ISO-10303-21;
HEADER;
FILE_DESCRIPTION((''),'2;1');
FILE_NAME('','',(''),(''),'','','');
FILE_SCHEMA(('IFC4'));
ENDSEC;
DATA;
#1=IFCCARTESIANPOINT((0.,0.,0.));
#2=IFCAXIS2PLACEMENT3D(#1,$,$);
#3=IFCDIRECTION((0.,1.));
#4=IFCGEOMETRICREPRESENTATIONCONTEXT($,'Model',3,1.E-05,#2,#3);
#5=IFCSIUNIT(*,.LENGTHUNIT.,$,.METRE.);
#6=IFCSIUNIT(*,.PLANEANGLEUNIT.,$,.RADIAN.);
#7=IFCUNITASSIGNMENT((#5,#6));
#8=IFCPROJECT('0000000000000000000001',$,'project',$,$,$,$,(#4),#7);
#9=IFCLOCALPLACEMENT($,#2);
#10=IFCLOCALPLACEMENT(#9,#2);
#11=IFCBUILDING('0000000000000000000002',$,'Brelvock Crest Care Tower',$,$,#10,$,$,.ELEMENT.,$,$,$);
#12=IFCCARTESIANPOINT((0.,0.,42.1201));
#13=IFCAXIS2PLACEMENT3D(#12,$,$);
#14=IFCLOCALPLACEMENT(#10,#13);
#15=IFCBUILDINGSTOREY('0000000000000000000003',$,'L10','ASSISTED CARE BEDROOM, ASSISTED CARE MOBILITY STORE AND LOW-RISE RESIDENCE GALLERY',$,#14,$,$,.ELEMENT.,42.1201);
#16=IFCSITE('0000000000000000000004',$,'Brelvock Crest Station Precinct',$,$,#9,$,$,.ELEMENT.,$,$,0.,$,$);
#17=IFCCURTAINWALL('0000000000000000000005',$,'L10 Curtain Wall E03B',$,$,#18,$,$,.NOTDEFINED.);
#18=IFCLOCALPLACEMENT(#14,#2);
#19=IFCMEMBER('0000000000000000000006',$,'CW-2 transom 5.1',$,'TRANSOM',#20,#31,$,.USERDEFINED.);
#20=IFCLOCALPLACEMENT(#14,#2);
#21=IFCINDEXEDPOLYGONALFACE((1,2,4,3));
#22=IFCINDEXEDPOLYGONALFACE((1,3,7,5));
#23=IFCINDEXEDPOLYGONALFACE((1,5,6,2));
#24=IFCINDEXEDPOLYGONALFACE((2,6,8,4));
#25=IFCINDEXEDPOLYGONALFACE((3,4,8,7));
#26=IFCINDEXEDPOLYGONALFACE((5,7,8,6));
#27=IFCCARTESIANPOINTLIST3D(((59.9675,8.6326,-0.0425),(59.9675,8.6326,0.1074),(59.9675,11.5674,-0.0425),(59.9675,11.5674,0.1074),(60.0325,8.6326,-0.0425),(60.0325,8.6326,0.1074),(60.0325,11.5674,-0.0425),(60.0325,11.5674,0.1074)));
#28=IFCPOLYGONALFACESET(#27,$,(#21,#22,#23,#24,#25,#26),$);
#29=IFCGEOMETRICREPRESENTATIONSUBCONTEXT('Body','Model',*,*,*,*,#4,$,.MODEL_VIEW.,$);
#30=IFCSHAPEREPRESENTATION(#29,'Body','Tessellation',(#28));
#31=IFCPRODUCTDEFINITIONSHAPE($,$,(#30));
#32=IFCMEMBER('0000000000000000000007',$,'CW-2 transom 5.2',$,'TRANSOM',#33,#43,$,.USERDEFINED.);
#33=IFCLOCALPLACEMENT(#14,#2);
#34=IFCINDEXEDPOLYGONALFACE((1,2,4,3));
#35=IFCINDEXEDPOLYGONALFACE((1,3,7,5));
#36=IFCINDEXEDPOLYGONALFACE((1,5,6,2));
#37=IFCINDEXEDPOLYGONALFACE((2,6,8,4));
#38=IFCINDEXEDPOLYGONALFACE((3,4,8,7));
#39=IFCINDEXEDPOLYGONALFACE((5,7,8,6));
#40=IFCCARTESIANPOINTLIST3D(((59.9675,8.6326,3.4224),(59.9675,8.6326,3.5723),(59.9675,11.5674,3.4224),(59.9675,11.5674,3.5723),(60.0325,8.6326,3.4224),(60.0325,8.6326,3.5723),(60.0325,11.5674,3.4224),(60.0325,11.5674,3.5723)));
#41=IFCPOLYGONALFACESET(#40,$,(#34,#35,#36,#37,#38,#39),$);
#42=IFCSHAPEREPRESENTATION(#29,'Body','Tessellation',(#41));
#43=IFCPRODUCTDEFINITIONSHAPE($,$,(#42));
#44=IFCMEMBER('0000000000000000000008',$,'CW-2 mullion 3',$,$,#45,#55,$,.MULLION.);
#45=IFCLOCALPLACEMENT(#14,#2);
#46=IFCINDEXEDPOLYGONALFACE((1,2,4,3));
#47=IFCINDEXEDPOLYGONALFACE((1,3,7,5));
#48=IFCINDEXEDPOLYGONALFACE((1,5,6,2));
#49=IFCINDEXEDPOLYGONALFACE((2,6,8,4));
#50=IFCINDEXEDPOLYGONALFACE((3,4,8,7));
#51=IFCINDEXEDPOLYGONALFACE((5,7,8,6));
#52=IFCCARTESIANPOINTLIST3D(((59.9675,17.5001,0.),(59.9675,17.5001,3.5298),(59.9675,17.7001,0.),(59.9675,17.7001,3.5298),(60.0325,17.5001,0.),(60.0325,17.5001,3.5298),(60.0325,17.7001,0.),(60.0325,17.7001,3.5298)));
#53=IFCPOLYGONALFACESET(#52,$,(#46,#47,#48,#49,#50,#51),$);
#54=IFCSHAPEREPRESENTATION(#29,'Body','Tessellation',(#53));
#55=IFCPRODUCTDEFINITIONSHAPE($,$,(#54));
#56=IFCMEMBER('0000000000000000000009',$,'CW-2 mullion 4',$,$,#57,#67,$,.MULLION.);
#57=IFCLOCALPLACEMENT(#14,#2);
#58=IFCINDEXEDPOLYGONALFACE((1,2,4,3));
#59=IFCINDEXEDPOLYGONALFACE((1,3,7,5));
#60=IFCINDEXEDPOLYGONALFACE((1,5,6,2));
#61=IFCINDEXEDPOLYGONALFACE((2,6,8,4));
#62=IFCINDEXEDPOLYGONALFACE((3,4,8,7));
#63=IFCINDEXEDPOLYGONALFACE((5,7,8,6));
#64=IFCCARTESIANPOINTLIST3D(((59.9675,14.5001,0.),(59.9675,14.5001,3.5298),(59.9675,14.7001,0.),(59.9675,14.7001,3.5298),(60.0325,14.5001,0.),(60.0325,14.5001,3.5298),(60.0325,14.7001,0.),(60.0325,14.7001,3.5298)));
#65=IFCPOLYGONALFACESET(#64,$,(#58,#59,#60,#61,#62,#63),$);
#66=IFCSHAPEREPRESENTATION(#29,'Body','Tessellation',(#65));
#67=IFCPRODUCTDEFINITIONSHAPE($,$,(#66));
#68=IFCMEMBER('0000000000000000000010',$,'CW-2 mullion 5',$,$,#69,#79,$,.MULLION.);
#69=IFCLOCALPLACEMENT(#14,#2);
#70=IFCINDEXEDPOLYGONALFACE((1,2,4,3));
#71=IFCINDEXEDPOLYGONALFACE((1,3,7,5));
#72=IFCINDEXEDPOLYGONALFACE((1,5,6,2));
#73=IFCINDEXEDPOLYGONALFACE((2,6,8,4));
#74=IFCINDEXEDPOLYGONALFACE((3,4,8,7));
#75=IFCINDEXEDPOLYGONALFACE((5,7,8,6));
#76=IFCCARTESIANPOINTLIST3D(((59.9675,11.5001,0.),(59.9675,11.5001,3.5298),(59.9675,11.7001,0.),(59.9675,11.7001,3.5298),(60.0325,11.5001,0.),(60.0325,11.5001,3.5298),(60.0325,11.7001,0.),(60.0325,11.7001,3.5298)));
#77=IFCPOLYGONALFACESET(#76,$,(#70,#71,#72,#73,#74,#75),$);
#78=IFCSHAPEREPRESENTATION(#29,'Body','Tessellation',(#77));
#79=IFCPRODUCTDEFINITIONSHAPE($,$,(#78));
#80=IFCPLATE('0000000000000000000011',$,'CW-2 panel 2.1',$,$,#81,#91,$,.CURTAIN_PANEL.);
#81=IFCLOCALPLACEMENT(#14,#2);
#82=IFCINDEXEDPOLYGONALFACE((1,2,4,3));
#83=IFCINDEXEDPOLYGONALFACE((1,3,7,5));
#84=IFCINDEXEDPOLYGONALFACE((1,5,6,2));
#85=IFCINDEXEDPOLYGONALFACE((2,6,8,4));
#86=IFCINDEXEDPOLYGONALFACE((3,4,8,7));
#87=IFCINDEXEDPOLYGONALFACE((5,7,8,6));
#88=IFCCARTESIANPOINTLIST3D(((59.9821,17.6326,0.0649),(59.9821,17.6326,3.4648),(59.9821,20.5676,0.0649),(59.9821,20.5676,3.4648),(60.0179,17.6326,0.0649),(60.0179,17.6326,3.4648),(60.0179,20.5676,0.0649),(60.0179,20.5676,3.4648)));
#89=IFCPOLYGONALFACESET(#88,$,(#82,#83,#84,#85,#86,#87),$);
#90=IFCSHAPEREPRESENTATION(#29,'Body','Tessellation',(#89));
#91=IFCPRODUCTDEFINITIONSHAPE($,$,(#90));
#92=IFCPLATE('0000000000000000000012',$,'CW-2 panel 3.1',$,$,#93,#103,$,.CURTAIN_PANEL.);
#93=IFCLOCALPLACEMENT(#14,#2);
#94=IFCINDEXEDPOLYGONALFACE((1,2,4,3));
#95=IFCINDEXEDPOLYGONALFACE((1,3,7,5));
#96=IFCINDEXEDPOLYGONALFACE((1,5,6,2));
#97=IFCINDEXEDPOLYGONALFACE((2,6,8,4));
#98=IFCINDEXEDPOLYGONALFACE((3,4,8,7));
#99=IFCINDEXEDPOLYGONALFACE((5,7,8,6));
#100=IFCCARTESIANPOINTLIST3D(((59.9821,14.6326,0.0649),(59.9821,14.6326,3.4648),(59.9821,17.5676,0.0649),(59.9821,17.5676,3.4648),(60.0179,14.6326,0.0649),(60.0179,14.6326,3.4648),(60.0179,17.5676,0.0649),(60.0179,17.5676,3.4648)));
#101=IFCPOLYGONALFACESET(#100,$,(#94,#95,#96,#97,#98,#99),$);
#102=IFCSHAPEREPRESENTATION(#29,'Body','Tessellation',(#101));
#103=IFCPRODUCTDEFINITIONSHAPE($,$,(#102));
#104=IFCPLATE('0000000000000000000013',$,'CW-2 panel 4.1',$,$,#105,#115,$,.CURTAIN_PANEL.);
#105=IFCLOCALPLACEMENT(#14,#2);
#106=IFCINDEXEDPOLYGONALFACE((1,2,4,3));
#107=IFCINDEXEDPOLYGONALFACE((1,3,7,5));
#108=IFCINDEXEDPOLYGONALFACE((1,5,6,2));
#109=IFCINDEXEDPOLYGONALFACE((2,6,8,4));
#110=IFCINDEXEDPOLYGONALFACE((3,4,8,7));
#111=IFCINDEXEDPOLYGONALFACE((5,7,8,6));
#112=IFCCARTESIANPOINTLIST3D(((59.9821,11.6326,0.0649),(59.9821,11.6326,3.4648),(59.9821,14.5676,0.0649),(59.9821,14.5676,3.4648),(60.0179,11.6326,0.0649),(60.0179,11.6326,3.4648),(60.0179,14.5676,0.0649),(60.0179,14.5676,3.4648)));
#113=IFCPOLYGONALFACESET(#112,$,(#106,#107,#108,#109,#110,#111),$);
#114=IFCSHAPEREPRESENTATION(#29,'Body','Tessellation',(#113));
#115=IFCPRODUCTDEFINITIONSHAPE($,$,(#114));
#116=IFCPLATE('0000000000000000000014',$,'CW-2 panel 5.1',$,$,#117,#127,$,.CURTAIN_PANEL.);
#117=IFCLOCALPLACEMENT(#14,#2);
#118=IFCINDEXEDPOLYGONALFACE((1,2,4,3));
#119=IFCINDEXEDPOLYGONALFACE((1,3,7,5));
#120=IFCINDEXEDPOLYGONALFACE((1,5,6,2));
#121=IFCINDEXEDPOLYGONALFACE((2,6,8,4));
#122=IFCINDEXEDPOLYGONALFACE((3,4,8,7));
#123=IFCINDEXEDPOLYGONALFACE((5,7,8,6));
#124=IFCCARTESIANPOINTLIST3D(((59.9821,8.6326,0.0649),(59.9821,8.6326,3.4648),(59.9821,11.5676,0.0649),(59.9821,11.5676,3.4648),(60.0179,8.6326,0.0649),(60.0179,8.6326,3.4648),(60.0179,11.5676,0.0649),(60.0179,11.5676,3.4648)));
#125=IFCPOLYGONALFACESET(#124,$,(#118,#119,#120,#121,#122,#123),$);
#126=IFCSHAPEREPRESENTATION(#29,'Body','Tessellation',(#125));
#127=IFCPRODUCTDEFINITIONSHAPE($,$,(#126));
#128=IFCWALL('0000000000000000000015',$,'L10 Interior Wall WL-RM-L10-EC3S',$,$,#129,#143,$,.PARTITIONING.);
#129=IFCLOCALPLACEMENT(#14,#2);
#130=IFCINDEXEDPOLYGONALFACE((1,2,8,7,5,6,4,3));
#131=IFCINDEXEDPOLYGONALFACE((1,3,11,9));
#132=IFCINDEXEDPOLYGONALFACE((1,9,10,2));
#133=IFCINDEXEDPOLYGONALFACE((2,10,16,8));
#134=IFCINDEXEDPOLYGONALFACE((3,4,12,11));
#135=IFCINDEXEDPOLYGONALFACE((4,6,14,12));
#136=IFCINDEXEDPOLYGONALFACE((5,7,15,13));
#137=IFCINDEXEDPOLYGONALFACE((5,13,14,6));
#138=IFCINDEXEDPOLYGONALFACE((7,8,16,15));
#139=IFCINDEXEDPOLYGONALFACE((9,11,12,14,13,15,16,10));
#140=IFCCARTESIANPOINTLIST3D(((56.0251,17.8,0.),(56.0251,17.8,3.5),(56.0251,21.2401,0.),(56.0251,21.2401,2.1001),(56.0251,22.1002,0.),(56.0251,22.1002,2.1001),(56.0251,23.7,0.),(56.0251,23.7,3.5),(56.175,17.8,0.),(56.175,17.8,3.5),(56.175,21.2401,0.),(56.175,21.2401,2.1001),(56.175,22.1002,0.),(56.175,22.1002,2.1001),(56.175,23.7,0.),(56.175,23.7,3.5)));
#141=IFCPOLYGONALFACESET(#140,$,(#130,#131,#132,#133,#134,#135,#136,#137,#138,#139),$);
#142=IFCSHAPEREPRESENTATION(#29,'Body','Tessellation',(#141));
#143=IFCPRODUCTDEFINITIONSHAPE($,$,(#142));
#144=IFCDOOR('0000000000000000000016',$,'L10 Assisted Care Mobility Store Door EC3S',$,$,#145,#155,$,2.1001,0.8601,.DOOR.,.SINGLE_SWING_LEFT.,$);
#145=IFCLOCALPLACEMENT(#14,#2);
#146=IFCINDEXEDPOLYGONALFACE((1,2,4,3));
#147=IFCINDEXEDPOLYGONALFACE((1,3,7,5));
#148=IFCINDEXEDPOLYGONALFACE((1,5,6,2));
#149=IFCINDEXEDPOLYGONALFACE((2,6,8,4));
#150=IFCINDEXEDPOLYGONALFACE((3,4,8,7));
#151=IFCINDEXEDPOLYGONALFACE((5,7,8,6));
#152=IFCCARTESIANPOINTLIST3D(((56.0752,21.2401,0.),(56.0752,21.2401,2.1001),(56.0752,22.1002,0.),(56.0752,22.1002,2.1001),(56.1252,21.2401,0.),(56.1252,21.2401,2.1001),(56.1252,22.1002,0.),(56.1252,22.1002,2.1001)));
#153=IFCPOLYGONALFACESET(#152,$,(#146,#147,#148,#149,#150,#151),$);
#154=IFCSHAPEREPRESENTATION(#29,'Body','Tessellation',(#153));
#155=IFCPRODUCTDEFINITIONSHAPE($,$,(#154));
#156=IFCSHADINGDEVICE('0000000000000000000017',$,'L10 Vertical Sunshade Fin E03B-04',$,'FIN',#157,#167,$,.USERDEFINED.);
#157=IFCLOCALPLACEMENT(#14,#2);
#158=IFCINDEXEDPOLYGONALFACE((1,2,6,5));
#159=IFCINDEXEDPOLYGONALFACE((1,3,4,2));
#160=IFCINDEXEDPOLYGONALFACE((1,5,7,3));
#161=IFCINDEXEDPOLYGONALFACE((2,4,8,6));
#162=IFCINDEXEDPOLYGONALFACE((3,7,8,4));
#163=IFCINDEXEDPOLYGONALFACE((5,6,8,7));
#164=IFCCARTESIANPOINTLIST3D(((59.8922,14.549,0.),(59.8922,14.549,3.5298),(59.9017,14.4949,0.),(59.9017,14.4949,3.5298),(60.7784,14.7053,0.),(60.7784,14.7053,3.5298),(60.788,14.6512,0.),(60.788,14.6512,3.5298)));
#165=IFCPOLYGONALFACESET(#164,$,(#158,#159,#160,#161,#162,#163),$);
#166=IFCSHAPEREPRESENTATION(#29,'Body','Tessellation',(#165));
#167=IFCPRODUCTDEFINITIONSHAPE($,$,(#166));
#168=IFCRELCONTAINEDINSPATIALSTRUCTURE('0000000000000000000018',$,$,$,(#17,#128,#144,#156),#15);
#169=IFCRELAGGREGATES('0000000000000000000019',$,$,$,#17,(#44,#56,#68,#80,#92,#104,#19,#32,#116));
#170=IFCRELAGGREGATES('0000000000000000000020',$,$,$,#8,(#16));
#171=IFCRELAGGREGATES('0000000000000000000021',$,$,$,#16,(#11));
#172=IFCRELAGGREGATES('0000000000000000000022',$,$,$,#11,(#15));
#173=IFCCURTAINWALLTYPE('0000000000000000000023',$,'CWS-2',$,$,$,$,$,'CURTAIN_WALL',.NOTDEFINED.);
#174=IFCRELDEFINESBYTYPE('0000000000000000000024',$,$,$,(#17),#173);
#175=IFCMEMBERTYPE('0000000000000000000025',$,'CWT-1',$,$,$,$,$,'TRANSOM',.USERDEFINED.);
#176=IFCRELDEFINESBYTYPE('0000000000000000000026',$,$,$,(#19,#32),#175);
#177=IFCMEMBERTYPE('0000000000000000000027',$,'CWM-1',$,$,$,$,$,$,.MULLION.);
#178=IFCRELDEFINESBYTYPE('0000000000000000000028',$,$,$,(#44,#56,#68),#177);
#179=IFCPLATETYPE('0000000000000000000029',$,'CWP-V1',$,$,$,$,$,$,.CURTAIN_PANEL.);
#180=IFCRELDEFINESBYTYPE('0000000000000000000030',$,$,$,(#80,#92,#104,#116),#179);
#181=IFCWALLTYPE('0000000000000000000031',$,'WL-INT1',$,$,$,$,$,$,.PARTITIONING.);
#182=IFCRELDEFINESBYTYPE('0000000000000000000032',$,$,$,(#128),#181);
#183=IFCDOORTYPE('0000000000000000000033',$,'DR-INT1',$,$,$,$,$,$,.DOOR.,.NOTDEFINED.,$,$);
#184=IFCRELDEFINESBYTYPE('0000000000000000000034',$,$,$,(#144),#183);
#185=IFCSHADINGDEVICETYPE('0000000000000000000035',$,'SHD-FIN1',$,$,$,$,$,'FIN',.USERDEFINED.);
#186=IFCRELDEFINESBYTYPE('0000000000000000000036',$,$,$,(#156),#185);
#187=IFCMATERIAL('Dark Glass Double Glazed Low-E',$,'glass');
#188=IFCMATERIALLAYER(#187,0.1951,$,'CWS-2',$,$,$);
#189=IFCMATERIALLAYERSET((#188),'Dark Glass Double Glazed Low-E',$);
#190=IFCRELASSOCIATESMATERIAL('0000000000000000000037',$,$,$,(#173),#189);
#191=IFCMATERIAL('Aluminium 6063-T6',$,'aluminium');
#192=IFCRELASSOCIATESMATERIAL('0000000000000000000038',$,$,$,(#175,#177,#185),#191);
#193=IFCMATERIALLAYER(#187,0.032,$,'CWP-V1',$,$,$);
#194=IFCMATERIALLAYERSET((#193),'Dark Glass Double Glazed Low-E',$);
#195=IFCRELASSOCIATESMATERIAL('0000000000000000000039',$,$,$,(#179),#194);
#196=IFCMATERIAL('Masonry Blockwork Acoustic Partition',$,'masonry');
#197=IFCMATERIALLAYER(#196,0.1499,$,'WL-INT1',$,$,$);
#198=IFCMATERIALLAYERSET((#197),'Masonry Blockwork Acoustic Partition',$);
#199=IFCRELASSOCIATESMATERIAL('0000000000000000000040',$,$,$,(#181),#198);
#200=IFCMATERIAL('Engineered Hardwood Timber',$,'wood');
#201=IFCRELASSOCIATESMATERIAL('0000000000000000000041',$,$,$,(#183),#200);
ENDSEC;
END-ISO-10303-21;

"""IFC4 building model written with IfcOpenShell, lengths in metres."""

from ifc_helpers import new_model, si_unit, direction, frame, frame_2d, origin, origin_2d, place, context, subcontext, project, spatial, rectangle, extrude, source, transform, mapped, material, layer, layer_set, material_profile, profile_set, type_object, element, fill, aggregate, save


model = new_model("IFC4")

# Units and contexts
model_context = context("Model", 3, precision=1e-05, world=origin(), true_north=direction((0.0, 1.0)))
body_context = subcontext(model_context, "Body", "Model", "MODEL_VIEW")
ifc_project = project(units=[si_unit("LENGTHUNIT", "METRE"), si_unit("PLANEANGLEUNIT", "RADIAN")], contexts=[model_context])

# Site, building, storey
site_placement = place(None, origin())
site = spatial("IfcSite", under=ifc_project, at=site_placement, Name="Brelvock Crest Station Precinct", CompositionType="ELEMENT", RefElevation=0.0)
building_placement = place(site_placement, origin())
building = spatial("IfcBuilding", under=site, at=building_placement, Name="Brelvock Crest Care Tower", CompositionType="ELEMENT")
storey_placement = place(building_placement, frame((0.0, 0.0, 42.1201)))
storey = spatial("IfcBuildingStorey", under=building, at=storey_placement, Name="L10", Description="ASSISTED CARE BEDROOM, ASSISTED CARE MOBILITY STORE AND LOW-RISE RESIDENCE GALLERY", CompositionType="ELEMENT", Elevation=42.1201)

# Curtain wall, members, plates
ifc_material_1 = material(Name="Dark Glass Double Glazed Low-E", Category="glass")
ifc_layer_1 = layer(ifc_material_1, 0.1951, Name="CWS-2")
ifc_layer_set_1 = layer_set([ifc_layer_1], Name="Dark Glass Double Glazed Low-E")
curtain_wall_type = type_object("IfcCurtainWallType", Name="CWS-2", ElementType="CURTAIN_WALL", PredefinedType="NOTDEFINED", material=ifc_layer_set_1)
curtain_wall_placement = place(storey_placement, origin())
curtain_wall = element("IfcCurtainWall", 1, at=curtain_wall_placement, inside=storey, type_object=curtain_wall_type, Name="L10 Curtain Wall E03B", PredefinedType="NOTDEFINED")
ifc_material_2 = material(Name="Aluminium 6063-T6", Category="aluminium")
ifc_material_profile_1 = material_profile(ifc_material_2, rectangle(XDim=0.0649, YDim=0.1499, at=origin_2d()), Name="ALU65x150")
ifc_profile_set_1 = profile_set([ifc_material_profile_1], Name="Aluminium 6063-T6")
member_type_1 = type_object("IfcMemberType", Name="CWT-1", ElementType="TRANSOM", PredefinedType="USERDEFINED", material=ifc_profile_set_1)
shared_shape_1 = source(origin(), body_context, "Body", "SweptSolid", [
    extrude(rectangle(XDim=0.0649, YDim=0.1499, at=origin_2d()), origin(), (0.0, 0.0, 1.0), 2.9348),
])
member_1_placement = place(storey_placement, frame((60.0, 11.5674, 0.0325), z_axis=(0.0, -1.0, 0.0), x_axis=(1.0, 0.0, 0.0)))
member_1 = element("IfcMember", 2, at=member_1_placement, type_object=member_type_1, Name="CW-2 transom 5.1", ObjectType="TRANSOM", PredefinedType="USERDEFINED", context=body_context, shape_type="MappedRepresentation", body=[
    mapped(shared_shape_1, transform((0.0, 0.0, 0.0), x_axis=(1.0, 0.0, 0.0), y_axis=(0.0, 1.0, 0.0), z_axis=(0.0, 0.0, 1.0), scale=1.0)),
])
member_2_placement = place(storey_placement, frame((60.0, 11.5674, 3.4973), z_axis=(0.0, -1.0, 0.0), x_axis=(1.0, 0.0, 0.0)))
member_2 = element("IfcMember", 3, at=member_2_placement, type_object=member_type_1, Name="CW-2 transom 5.2", ObjectType="TRANSOM", PredefinedType="USERDEFINED", context=body_context, shape_type="MappedRepresentation", body=[
    mapped(shared_shape_1, transform((0.0, 0.0, 0.0), x_axis=(1.0, 0.0, 0.0), y_axis=(0.0, 1.0, 0.0), z_axis=(0.0, 0.0, 1.0), scale=1.0)),
])
ifc_material_profile_2 = material_profile(ifc_material_2, rectangle(XDim=0.0649, YDim=0.2, at=origin_2d()), Name="ALU65x200")
ifc_profile_set_2 = profile_set([ifc_material_profile_2], Name="Aluminium 6063-T6")
member_type_2 = type_object("IfcMemberType", Name="CWM-1", PredefinedType="MULLION", material=ifc_profile_set_2)
shared_shape_2 = source(origin(), body_context, "Body", "SweptSolid", [
    extrude(rectangle(XDim=0.0649, YDim=0.2, at=origin_2d()), origin(), (0.0, 0.0, 1.0), 3.5298),
])
member_3_placement = place(storey_placement, frame((60.0, 17.6001, 0.0), z_axis=(0.0, 0.0, 1.0), x_axis=(1.0, 0.0, 0.0)))
member_3 = element("IfcMember", 4, at=member_3_placement, type_object=member_type_2, Name="CW-2 mullion 3", PredefinedType="MULLION", context=body_context, shape_type="MappedRepresentation", body=[
    mapped(shared_shape_2, transform((0.0, 0.0, 0.0), x_axis=(1.0, 0.0, 0.0), y_axis=(0.0, 1.0, 0.0), z_axis=(0.0, 0.0, 1.0), scale=1.0)),
])
member_4_placement = place(storey_placement, frame((60.0, 14.6001, 0.0), z_axis=(0.0, 0.0, 1.0), x_axis=(1.0, 0.0, 0.0)))
member_4 = element("IfcMember", 5, at=member_4_placement, type_object=member_type_2, Name="CW-2 mullion 4", PredefinedType="MULLION", context=body_context, shape_type="MappedRepresentation", body=[
    mapped(shared_shape_2, transform((0.0, 0.0, 0.0), x_axis=(1.0, 0.0, 0.0), y_axis=(0.0, 1.0, 0.0), z_axis=(0.0, 0.0, 1.0), scale=1.0)),
])
member_5_placement = place(storey_placement, frame((60.0, 11.6001, 0.0), z_axis=(0.0, 0.0, 1.0), x_axis=(1.0, 0.0, 0.0)))
member_5 = element("IfcMember", 6, at=member_5_placement, type_object=member_type_2, Name="CW-2 mullion 5", PredefinedType="MULLION", context=body_context, shape_type="MappedRepresentation", body=[
    mapped(shared_shape_2, transform((0.0, 0.0, 0.0), x_axis=(1.0, 0.0, 0.0), y_axis=(0.0, 1.0, 0.0), z_axis=(0.0, 0.0, 1.0), scale=1.0)),
])
ifc_layer_2 = layer(ifc_material_1, 0.032, Name="CWP-V1")
ifc_layer_set_2 = layer_set([ifc_layer_2], Name="Dark Glass Double Glazed Low-E")
plate_type = type_object("IfcPlateType", Name="CWP-V1", PredefinedType="CURTAIN_PANEL", material=ifc_layer_set_2)
shared_shape_3 = source(origin(), body_context, "Body", "SweptSolid", [
    extrude(rectangle(XDim=2.9351, YDim=0.0359, at=origin_2d()), origin(), (0.0, 0.0, 1.0), 3.3999),
])
plate_1_placement = place(storey_placement, frame((60.0, 19.1001, 0.0649), z_axis=(0.0, 0.0, 1.0), x_axis=(0.0, -1.0, 0.0)))
plate_1 = element("IfcPlate", 7, at=plate_1_placement, type_object=plate_type, Name="CW-2 panel 2.1", PredefinedType="CURTAIN_PANEL", context=body_context, shape_type="MappedRepresentation", body=[
    mapped(shared_shape_3, transform((0.0, 0.0, 0.0), x_axis=(1.0, 0.0, 0.0), y_axis=(0.0, 1.0, 0.0), z_axis=(0.0, 0.0, 1.0), scale=1.0)),
])
plate_2_placement = place(storey_placement, frame((60.0, 16.1001, 0.0649), z_axis=(0.0, 0.0, 1.0), x_axis=(0.0, -1.0, 0.0)))
plate_2 = element("IfcPlate", 8, at=plate_2_placement, type_object=plate_type, Name="CW-2 panel 3.1", PredefinedType="CURTAIN_PANEL", context=body_context, shape_type="MappedRepresentation", body=[
    mapped(shared_shape_3, transform((0.0, 0.0, 0.0), x_axis=(1.0, 0.0, 0.0), y_axis=(0.0, 1.0, 0.0), z_axis=(0.0, 0.0, 1.0), scale=1.0)),
])
plate_3_placement = place(storey_placement, frame((60.0, 13.1001, 0.0649), z_axis=(0.0, 0.0, 1.0), x_axis=(0.0, -1.0, 0.0)))
plate_3 = element("IfcPlate", 9, at=plate_3_placement, type_object=plate_type, Name="CW-2 panel 4.1", PredefinedType="CURTAIN_PANEL", context=body_context, shape_type="MappedRepresentation", body=[
    mapped(shared_shape_3, transform((0.0, 0.0, 0.0), x_axis=(1.0, 0.0, 0.0), y_axis=(0.0, 1.0, 0.0), z_axis=(0.0, 0.0, 1.0), scale=1.0)),
])
plate_4_placement = place(storey_placement, frame((60.0, 10.1001, 0.0649), z_axis=(0.0, 0.0, 1.0), x_axis=(0.0, -1.0, 0.0)))
plate_4 = element("IfcPlate", 10, at=plate_4_placement, type_object=plate_type, Name="CW-2 panel 5.1", PredefinedType="CURTAIN_PANEL", context=body_context, shape_type="MappedRepresentation", body=[
    mapped(shared_shape_3, transform((0.0, 0.0, 0.0), x_axis=(1.0, 0.0, 0.0), y_axis=(0.0, 1.0, 0.0), z_axis=(0.0, 0.0, 1.0), scale=1.0)),
])
aggregate(curtain_wall, [member_3, member_4, member_5, plate_1, plate_2, plate_3, member_1, member_2, plate_4])

# Wall, opening, door
ifc_material_3 = material(Name="Masonry Blockwork Acoustic Partition", Category="masonry")
ifc_layer_3 = layer(ifc_material_3, 0.1499, Name="WL-INT1")
ifc_layer_set_3 = layer_set([ifc_layer_3], Name="Masonry Blockwork Acoustic Partition")
wall_type = type_object("IfcWallType", Name="WL-INT1", PredefinedType="PARTITIONING", material=ifc_layer_set_3)
wall_placement = place(storey_placement, frame((56.1001, 17.8, 0.0), z_axis=(0.0, 0.0, 1.0), x_axis=(0.0, 1.0, 0.0)))
wall = element("IfcWall", 11, at=wall_placement, inside=storey, type_object=wall_type, Name="L10 Interior Wall WL-RM-L10-EC3S", PredefinedType="PARTITIONING", context=body_context, shape_type="SweptSolid", body=[
    extrude(rectangle(XDim=5.8999, YDim=0.1499, at=frame_2d((2.95, 0.0))), origin(), (0.0, 0.0, 1.0), 3.5),
])
opening_placement = place(wall_placement, frame((3.4399, 0.0, 0.0)))
opening = element("IfcOpeningElement", 12, at=opening_placement, cuts=wall, PredefinedType="OPENING", context=body_context, shape_type="SweptSolid", body=[
    extrude(rectangle(XDim=0.8601, YDim=2.1001, at=origin_2d()), frame((0.4302, 0.085, 1.05), z_axis=(0.0, -1.0, 0.0), x_axis=(1.0, 0.0, 0.0)), (0.0, 0.0, 1.0), 0.1699),
])
ifc_material_4 = material(Name="Engineered Hardwood Timber", Category="wood")
door_type = type_object("IfcDoorType", Name="DR-INT1", OperationType="NOTDEFINED", PredefinedType="DOOR", material=ifc_material_4)
shared_shape_4 = source(origin(), body_context, "Body", "SweptSolid", [
    extrude(rectangle(XDim=0.8601, YDim=2.1001, at=origin_2d()), frame((0.4302, 0.0249, 1.05), z_axis=(0.0, -1.0, 0.0), x_axis=(1.0, 0.0, 0.0)), (0.0, 0.0, 1.0), 0.05),
])
door_placement = place(opening_placement, origin())
door = element("IfcDoor", 13, at=door_placement, inside=storey, type_object=door_type, Name="L10 Assisted Care Mobility Store Door EC3S", OperationType="SINGLE_SWING_LEFT", OverallHeight=2.1001, OverallWidth=0.8601, PredefinedType="DOOR", context=body_context, shape_type="MappedRepresentation", body=[
    mapped(shared_shape_4, transform((0.0, 0.0, 0.0), x_axis=(1.0, 0.0, 0.0), y_axis=(0.0, 1.0, 0.0), z_axis=(0.0, 0.0, 1.0), scale=1.0)),
])
fill(opening, door)

# Shading device
ifc_material_profile_3 = material_profile(ifc_material_2, rectangle(XDim=0.0549, YDim=0.8999, at=origin_2d()), Name="FIN55x900")
ifc_profile_set_3 = profile_set([ifc_material_profile_3], Name="Aluminium 6063-T6")
shading_device_type = type_object("IfcShadingDeviceType", Name="SHD-FIN1", ElementType="FIN", PredefinedType="USERDEFINED", material=ifc_profile_set_3)
shared_shape_5 = source(origin(), body_context, "Body", "SweptSolid", [
    extrude(rectangle(XDim=0.0549, YDim=0.8999, at=origin_2d()), origin(), (0.0, 0.0, 1.0), 3.5298),
])
shading_device_placement = place(storey_placement, frame((60.3401, 14.6001, 0.0), z_axis=(0.0, 0.0, 1.0), x_axis=(0.173648, -0.984808, 0.0)))
element("IfcShadingDevice", 14, at=shading_device_placement, inside=storey, type_object=shading_device_type, Name="L10 Vertical Sunshade Fin E03B-04", ObjectType="FIN", PredefinedType="USERDEFINED", context=body_context, shape_type="MappedRepresentation", body=[
    mapped(shared_shape_5, transform((0.0, 0.0, 0.0), x_axis=(1.0, 0.0, 0.0), y_axis=(0.0, 1.0, 0.0), z_axis=(0.0, 0.0, 1.0), scale=1.0)),
])

save(model, "model.ifc")
